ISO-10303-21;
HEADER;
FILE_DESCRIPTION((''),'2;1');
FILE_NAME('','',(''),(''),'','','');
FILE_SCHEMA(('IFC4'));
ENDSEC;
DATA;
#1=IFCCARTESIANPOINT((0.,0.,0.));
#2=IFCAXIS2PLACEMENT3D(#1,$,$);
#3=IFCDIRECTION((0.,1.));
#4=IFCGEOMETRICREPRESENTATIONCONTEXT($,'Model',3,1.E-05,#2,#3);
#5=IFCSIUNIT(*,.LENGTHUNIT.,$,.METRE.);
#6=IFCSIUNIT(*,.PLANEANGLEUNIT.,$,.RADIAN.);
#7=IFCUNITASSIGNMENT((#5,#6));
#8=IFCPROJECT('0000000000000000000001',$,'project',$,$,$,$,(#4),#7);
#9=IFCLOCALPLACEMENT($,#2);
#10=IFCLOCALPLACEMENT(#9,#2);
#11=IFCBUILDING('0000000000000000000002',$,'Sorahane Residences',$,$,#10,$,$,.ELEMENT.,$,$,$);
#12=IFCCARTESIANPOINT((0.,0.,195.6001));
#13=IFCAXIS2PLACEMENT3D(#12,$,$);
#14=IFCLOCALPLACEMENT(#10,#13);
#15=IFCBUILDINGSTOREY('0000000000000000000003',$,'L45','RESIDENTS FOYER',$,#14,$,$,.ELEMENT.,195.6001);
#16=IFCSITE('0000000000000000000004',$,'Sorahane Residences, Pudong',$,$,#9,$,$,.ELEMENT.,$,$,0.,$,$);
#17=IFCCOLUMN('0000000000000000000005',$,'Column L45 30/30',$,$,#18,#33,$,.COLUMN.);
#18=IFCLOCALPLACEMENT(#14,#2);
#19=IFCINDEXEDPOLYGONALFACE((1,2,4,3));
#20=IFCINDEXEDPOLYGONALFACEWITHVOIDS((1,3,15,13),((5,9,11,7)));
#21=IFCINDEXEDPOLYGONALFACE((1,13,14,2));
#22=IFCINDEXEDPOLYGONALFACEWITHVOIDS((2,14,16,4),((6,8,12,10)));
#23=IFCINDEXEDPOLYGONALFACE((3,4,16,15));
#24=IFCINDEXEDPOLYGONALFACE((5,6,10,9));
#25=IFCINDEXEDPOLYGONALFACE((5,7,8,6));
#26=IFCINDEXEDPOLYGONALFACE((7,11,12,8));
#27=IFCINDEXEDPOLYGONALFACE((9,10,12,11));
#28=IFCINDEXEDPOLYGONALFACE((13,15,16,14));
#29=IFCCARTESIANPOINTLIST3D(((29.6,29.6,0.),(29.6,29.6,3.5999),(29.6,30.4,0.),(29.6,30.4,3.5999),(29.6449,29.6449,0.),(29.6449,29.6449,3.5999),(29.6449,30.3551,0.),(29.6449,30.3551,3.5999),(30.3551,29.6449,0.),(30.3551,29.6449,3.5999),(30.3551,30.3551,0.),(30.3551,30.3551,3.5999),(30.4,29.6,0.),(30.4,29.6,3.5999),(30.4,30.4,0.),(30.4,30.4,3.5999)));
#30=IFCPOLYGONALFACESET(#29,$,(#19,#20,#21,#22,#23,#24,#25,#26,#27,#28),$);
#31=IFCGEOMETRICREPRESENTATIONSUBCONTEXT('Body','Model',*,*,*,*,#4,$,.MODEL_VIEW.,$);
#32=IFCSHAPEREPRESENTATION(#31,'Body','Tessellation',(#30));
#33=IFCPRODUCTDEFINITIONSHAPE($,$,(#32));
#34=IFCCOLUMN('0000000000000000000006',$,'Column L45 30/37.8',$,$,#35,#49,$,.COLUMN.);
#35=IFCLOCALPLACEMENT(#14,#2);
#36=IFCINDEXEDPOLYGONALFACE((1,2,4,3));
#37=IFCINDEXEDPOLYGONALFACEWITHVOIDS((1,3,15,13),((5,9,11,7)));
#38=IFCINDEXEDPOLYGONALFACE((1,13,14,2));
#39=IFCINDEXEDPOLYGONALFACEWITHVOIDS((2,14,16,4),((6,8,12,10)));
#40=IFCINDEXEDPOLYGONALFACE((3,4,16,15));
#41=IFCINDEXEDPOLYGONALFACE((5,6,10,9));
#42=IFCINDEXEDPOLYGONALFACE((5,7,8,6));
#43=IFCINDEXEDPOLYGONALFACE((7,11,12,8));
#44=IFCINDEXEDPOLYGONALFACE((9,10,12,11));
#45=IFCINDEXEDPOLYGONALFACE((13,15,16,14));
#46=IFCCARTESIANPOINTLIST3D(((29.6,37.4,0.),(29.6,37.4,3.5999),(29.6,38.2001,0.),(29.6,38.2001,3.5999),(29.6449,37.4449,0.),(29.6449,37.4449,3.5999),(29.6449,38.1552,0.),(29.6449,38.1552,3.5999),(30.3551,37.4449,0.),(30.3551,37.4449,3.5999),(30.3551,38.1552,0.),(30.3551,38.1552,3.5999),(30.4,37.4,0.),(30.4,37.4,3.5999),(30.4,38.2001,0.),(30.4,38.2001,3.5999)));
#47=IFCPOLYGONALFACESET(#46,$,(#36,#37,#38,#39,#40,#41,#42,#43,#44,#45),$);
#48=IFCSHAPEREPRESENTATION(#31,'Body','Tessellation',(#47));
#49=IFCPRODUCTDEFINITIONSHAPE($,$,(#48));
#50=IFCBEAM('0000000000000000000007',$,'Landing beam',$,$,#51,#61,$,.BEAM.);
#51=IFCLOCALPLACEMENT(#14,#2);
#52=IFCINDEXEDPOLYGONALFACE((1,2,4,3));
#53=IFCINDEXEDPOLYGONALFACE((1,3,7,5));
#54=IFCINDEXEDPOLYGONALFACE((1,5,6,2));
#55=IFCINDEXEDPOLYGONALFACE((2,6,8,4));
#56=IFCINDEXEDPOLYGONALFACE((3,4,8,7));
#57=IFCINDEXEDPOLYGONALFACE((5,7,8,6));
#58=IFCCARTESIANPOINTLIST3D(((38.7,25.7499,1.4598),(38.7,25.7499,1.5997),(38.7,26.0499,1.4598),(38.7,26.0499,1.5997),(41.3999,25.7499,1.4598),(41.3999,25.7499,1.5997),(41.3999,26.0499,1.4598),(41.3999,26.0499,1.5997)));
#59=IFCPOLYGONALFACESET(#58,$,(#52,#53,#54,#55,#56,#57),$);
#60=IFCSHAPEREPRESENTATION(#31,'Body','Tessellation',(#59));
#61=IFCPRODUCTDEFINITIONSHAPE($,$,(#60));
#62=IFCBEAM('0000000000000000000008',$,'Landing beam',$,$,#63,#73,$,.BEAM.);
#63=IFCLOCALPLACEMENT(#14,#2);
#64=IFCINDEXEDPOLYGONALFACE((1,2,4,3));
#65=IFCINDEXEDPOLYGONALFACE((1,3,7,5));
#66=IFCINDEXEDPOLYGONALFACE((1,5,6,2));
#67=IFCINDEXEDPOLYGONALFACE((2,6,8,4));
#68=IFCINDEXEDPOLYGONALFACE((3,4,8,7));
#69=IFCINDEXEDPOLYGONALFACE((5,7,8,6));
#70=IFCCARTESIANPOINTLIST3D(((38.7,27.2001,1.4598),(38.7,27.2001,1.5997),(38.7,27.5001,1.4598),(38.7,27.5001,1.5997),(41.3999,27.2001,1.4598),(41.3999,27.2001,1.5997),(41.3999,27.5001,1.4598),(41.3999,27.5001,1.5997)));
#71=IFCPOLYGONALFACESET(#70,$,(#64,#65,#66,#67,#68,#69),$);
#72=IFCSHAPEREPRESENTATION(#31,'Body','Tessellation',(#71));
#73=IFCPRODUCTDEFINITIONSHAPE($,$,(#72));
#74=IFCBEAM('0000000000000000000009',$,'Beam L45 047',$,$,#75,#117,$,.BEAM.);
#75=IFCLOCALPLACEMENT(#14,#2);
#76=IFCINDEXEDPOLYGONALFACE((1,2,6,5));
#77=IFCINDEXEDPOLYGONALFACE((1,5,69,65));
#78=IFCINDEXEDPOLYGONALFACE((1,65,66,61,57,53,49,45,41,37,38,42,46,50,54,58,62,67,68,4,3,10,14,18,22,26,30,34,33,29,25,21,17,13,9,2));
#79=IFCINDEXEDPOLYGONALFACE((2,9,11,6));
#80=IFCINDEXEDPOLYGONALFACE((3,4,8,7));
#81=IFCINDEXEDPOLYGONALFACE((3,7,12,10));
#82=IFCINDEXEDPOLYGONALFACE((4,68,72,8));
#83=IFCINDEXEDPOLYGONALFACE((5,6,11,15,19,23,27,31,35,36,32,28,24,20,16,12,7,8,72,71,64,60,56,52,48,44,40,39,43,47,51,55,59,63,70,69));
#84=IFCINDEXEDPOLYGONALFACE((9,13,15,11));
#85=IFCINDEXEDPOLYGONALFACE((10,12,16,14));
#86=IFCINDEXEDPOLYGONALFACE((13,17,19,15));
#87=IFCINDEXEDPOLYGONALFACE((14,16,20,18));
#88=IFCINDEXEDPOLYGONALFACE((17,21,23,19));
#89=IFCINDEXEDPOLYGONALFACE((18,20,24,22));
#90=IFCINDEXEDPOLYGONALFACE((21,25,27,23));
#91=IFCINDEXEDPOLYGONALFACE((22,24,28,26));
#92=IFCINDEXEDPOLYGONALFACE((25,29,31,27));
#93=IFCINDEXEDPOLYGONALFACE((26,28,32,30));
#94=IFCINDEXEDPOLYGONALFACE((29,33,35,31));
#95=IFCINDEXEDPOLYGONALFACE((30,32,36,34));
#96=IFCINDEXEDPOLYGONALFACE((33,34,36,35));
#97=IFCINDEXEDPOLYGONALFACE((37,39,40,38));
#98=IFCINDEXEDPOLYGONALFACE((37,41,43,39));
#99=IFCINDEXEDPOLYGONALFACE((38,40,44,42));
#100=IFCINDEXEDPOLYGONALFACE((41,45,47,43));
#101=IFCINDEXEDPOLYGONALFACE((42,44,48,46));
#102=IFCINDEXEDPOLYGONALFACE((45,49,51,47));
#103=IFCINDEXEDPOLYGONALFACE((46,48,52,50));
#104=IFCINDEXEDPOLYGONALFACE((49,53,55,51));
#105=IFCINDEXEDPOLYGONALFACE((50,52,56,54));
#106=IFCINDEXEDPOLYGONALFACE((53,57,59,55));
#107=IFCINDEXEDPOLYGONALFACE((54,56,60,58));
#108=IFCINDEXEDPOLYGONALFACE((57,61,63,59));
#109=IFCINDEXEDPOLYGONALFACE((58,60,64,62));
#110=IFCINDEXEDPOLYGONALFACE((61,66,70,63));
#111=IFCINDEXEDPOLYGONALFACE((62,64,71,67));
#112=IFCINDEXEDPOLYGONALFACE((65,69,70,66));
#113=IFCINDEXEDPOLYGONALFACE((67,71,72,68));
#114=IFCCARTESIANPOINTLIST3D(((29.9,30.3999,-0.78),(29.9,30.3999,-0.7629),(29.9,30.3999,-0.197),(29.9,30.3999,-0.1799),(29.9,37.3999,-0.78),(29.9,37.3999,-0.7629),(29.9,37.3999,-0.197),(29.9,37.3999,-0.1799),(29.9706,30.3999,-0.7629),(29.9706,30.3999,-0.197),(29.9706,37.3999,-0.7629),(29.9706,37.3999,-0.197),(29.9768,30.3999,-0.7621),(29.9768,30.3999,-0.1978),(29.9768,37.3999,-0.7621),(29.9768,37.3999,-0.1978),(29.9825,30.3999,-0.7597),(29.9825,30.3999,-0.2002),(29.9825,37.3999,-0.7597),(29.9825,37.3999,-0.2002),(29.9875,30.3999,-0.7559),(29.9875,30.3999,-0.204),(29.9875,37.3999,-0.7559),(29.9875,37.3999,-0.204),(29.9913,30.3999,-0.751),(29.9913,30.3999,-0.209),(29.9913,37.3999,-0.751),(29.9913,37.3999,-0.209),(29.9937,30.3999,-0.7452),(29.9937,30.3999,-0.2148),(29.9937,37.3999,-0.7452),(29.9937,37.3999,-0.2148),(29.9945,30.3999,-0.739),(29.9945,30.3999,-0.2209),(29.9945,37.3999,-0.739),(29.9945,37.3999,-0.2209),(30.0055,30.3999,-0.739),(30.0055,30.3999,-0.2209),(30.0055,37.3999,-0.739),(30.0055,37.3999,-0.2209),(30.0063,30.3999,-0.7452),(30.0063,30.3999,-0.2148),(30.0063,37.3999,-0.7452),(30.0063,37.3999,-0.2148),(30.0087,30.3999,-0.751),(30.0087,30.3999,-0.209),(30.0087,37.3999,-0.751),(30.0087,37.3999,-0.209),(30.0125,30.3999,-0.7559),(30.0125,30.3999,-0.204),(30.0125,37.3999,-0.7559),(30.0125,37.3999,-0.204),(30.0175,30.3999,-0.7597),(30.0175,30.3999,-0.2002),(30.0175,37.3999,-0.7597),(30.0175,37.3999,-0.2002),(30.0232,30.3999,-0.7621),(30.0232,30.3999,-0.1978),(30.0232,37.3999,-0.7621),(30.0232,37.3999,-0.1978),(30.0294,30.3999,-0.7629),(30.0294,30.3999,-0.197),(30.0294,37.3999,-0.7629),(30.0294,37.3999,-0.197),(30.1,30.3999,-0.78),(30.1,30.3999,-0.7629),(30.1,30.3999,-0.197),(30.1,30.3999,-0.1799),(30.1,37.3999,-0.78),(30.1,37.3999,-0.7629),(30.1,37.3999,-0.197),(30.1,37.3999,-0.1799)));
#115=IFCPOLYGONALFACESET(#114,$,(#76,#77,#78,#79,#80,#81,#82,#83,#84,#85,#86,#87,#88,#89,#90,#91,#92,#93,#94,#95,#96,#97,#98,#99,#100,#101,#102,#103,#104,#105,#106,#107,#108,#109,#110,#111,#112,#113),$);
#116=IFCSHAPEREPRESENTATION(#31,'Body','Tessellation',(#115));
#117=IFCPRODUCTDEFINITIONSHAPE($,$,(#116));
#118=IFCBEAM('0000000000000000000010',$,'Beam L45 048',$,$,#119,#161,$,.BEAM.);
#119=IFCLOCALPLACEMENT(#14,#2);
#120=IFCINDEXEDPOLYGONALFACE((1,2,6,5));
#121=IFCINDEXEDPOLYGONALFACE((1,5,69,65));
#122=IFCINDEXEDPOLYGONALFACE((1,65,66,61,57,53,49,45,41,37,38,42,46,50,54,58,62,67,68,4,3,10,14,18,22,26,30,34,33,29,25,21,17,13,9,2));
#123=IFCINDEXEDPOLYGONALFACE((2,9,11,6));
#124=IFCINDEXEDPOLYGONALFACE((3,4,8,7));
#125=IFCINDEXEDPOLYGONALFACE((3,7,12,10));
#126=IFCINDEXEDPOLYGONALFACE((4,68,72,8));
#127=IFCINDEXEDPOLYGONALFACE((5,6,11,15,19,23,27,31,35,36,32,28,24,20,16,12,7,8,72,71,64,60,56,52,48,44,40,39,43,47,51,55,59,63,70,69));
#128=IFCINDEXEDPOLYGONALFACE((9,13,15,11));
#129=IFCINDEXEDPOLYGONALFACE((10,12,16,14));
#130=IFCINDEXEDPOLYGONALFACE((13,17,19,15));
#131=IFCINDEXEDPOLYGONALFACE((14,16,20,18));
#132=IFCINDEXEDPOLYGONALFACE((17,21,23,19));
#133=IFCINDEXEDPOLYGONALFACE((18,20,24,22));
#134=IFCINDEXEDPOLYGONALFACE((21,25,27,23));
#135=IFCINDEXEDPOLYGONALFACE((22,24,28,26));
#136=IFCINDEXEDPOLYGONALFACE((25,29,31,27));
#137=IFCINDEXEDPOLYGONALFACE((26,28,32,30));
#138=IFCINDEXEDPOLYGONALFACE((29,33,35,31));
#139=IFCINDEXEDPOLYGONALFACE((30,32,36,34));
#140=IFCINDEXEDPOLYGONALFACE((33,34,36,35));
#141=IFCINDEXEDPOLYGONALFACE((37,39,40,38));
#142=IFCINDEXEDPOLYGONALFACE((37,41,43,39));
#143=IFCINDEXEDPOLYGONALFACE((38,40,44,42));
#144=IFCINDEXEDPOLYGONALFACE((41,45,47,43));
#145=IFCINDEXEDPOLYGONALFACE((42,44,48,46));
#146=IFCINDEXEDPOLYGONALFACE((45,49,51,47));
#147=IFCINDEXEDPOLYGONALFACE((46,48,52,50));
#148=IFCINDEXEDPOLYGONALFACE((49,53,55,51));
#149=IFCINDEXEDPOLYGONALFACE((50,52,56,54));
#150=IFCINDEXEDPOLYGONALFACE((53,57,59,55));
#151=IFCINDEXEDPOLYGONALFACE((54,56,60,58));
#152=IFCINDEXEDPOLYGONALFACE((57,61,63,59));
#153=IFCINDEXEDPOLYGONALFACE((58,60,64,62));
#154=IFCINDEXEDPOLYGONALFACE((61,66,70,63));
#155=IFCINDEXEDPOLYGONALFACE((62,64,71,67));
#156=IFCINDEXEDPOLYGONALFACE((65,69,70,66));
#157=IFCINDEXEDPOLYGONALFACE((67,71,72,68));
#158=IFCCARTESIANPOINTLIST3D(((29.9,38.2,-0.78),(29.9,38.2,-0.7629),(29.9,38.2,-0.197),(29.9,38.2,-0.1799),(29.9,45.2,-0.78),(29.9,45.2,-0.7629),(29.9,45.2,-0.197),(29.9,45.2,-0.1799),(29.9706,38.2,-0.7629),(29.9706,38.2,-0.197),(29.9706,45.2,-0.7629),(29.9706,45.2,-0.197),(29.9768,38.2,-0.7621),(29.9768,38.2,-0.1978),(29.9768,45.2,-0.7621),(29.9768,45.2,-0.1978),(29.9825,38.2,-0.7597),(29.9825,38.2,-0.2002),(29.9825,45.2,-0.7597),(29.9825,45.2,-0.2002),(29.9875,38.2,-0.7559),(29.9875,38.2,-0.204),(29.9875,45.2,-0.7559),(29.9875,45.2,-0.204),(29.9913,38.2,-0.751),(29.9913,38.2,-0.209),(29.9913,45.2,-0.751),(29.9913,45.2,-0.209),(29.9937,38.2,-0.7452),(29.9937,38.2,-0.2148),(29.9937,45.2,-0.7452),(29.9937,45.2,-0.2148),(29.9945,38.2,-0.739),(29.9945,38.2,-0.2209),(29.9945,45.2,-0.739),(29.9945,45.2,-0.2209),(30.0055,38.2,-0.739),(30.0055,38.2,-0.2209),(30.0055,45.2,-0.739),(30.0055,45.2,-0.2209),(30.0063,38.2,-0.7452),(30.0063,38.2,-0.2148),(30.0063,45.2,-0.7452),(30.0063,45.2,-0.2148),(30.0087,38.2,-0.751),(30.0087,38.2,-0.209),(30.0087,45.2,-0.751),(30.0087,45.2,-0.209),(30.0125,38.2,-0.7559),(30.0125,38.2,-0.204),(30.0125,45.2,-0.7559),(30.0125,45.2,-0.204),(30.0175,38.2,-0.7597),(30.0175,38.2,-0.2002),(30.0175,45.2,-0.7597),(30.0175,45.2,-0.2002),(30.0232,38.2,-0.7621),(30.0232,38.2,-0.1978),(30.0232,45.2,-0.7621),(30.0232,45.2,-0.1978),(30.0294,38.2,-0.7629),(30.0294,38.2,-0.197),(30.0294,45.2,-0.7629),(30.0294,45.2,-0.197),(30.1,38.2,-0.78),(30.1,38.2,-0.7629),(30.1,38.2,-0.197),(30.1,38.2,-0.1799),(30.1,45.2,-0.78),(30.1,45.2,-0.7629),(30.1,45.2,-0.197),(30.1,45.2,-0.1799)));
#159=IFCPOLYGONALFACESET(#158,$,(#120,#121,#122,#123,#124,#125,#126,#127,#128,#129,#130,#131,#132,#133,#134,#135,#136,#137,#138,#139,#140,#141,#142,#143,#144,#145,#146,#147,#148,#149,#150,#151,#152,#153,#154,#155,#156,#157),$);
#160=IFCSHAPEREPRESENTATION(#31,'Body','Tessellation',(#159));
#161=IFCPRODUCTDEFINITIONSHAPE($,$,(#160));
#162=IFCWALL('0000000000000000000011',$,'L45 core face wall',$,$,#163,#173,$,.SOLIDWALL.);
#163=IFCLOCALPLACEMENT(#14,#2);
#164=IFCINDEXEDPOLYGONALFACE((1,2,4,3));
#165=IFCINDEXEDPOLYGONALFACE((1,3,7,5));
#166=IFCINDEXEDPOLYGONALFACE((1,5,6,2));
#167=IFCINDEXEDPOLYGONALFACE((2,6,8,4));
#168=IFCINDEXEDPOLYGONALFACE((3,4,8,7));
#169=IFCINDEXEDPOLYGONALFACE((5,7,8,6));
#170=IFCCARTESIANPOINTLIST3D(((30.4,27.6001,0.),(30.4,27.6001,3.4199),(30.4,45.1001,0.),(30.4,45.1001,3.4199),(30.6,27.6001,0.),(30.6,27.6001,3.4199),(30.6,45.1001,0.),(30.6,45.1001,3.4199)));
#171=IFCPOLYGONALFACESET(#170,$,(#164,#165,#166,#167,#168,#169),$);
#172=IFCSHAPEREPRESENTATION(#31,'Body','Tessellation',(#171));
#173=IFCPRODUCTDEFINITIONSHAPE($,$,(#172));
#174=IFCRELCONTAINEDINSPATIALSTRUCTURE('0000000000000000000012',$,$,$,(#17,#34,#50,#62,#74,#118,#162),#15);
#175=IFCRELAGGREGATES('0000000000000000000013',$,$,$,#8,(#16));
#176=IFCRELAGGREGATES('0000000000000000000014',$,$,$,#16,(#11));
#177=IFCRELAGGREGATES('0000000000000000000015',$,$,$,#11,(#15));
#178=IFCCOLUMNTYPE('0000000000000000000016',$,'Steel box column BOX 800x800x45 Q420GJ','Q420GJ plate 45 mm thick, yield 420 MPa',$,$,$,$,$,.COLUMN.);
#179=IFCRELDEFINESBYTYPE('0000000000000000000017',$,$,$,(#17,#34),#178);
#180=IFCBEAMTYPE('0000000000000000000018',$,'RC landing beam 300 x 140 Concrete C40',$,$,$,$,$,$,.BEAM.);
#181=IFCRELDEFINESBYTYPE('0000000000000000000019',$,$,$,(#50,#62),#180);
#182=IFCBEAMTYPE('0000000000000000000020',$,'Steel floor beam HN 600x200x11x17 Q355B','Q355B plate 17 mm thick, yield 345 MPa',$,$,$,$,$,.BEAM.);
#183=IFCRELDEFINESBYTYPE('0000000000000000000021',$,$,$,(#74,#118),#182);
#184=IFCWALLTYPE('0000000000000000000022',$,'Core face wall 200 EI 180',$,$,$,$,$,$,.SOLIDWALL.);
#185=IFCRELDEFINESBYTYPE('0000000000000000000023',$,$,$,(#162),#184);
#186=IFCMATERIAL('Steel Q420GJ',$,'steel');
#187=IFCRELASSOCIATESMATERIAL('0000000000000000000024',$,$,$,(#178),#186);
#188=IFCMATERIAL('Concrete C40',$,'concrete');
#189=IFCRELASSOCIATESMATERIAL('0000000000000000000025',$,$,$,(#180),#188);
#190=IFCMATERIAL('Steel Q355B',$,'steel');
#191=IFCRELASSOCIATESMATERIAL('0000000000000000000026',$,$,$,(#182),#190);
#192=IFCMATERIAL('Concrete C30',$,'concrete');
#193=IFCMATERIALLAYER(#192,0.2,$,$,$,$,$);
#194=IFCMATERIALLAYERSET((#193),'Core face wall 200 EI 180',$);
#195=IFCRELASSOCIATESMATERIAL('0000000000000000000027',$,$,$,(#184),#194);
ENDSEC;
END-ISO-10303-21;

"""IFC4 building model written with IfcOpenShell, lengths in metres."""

from ifc_helpers import new_model, si_unit, direction, frame, frame_2d, origin, origin_2d, place, context, subcontext, project, spatial, rectangle, hollow_rectangle, i_section, extrude, material, layer, layer_set, material_profile, profile_set, type_object, element, save


model = new_model("IFC4")

# Units and contexts
model_context = context("Model", 3, precision=1e-05, world=origin(), true_north=direction((0.0, 1.0)))
body_context = subcontext(model_context, "Body", "Model", "MODEL_VIEW")
ifc_project = project(units=[si_unit("LENGTHUNIT", "METRE"), si_unit("PLANEANGLEUNIT", "RADIAN")], contexts=[model_context])

# Site, building, storey
site_placement = place(None, origin())
site = spatial("IfcSite", under=ifc_project, at=site_placement, Name="Sorahane Residences, Pudong", CompositionType="ELEMENT", RefElevation=0.0)
building_placement = place(site_placement, origin())
building = spatial("IfcBuilding", under=site, at=building_placement, Name="Sorahane Residences", CompositionType="ELEMENT")
storey_placement = place(building_placement, frame((0.0, 0.0, 195.6001)))
storey = spatial("IfcBuildingStorey", under=building, at=storey_placement, Name="L45", Description="RESIDENTS FOYER", CompositionType="ELEMENT", Elevation=195.6001)

# Columns
ifc_material_1 = material(Name="Steel Q420GJ", Category="steel")
ifc_material_profile_1 = material_profile(ifc_material_1, hollow_rectangle(XDim=0.8, YDim=0.8, WallThickness=0.0449, at=origin_2d()), Name="BOX 800x800x45")
ifc_profile_set_1 = profile_set([ifc_material_profile_1], Name="Steel Q420GJ")
column_type = type_object("IfcColumnType", Name="Steel box column BOX 800x800x45 Q420GJ", Description="Q420GJ plate 45 mm thick, yield 420 MPa", PredefinedType="COLUMN", material=ifc_profile_set_1)
for number, where, z_axis, x_axis, name in (
    (1, (30.0, 30.0, 0.0), (0.0, 0.0, 1.0), (1.0, 0.0, 0.0), "Column L45 30/30"),
    (2, (30.0, 37.8, 0.0), (0.0, 0.0, 1.0), (1.0, 0.0, 0.0), "Column L45 30/37.8"),
):
    element("IfcColumn", number, at=place(storey_placement, frame(where, z_axis=z_axis, x_axis=x_axis)), inside=storey, type_object=column_type, Name=name, PredefinedType="COLUMN", context=body_context, shape_type="SweptSolid", body=[
        extrude(hollow_rectangle(XDim=0.8, YDim=0.8, WallThickness=0.0449, at=origin_2d()), origin(), (0.0, 0.0, 1.0), 3.5999),
    ])

# Beams
ifc_material_2 = material(Name="Concrete C40", Category="concrete")
ifc_material_profile_2 = material_profile(ifc_material_2, rectangle(XDim=0.3, YDim=0.1399, at=origin_2d()), Name="300x140")
ifc_profile_set_2 = profile_set([ifc_material_profile_2], Name="Concrete C40")
beam_type_1 = type_object("IfcBeamType", Name="RC landing beam 300 x 140 Concrete C40", PredefinedType="BEAM", material=ifc_profile_set_2)
for number, where, z_axis, x_axis, name in (
    (3, (38.7, 25.8999, 1.5298), (1.0, 0.0, 0.0), (0.0, 1.0, 0.0), "Landing beam"),
    (4, (38.7, 27.3501, 1.5298), (1.0, 0.0, 0.0), (0.0, 1.0, 0.0), "Landing beam"),
):
    element("IfcBeam", number, at=place(storey_placement, frame(where, z_axis=z_axis, x_axis=x_axis)), inside=storey, type_object=beam_type_1, Name=name, PredefinedType="BEAM", context=body_context, shape_type="SweptSolid", body=[
        extrude(rectangle(XDim=0.3, YDim=0.1399, at=origin_2d()), origin(), (0.0, 0.0, 1.0), 2.7),
    ])
ifc_material_3 = material(Name="Steel Q355B", Category="steel")
ifc_material_profile_3 = material_profile(ifc_material_3, i_section(OverallWidth=0.2, OverallDepth=0.6001, WebThickness=0.011, FlangeThickness=0.0171, FilletRadius=0.0239, at=origin_2d()), Name="HN 600x200x11x17")
ifc_profile_set_3 = profile_set([ifc_material_profile_3], Name="Steel Q355B")
beam_type_2 = type_object("IfcBeamType", Name="Steel floor beam HN 600x200x11x17 Q355B", Description="Q355B plate 17 mm thick, yield 345 MPa", PredefinedType="BEAM", material=ifc_profile_set_3)
for number, where, z_axis, x_axis, name in (
    (5, (30.0, 30.3999, -0.48), (0.0, 1.0, 0.0), (-1.0, 0.0, 0.0), "Beam L45 047"),
    (6, (30.0, 38.2, -0.48), (0.0, 1.0, 0.0), (-1.0, 0.0, 0.0), "Beam L45 048"),
):
    element("IfcBeam", number, at=place(storey_placement, frame(where, z_axis=z_axis, x_axis=x_axis)), inside=storey, type_object=beam_type_2, Name=name, PredefinedType="BEAM", context=body_context, shape_type="SweptSolid", body=[
        extrude(i_section(OverallWidth=0.2, OverallDepth=0.6001, WebThickness=0.011, FlangeThickness=0.0171, FilletRadius=0.0239, at=origin_2d()), origin(), (0.0, 0.0, 1.0), 7.0),
    ])

# Wall
ifc_material_4 = material(Name="Concrete C30", Category="concrete")
ifc_layer_1 = layer(ifc_material_4, 0.2)
ifc_layer_set_1 = layer_set([ifc_layer_1], Name="Core face wall 200 EI 180")
wall_type_1 = type_object("IfcWallType", Name="Core face wall 200 EI 180", PredefinedType="SOLIDWALL", material=ifc_layer_set_1)
wall_1_placement = place(storey_placement, frame((30.5, 27.6001, 0.0), z_axis=(0.0, 0.0, 1.0), x_axis=(0.0, 1.0, 0.0)))
element("IfcWall", 7, at=wall_1_placement, inside=storey, type_object=wall_type_1, Name="L45 core face wall", PredefinedType="SOLIDWALL", context=body_context, shape_type="SweptSolid", body=[
    extrude(rectangle(XDim=17.5, YDim=0.2, at=frame_2d((8.75, 0.0))), origin(), (0.0, 0.0, 1.0), 3.4199),
])

save(model, "model.ifc")
